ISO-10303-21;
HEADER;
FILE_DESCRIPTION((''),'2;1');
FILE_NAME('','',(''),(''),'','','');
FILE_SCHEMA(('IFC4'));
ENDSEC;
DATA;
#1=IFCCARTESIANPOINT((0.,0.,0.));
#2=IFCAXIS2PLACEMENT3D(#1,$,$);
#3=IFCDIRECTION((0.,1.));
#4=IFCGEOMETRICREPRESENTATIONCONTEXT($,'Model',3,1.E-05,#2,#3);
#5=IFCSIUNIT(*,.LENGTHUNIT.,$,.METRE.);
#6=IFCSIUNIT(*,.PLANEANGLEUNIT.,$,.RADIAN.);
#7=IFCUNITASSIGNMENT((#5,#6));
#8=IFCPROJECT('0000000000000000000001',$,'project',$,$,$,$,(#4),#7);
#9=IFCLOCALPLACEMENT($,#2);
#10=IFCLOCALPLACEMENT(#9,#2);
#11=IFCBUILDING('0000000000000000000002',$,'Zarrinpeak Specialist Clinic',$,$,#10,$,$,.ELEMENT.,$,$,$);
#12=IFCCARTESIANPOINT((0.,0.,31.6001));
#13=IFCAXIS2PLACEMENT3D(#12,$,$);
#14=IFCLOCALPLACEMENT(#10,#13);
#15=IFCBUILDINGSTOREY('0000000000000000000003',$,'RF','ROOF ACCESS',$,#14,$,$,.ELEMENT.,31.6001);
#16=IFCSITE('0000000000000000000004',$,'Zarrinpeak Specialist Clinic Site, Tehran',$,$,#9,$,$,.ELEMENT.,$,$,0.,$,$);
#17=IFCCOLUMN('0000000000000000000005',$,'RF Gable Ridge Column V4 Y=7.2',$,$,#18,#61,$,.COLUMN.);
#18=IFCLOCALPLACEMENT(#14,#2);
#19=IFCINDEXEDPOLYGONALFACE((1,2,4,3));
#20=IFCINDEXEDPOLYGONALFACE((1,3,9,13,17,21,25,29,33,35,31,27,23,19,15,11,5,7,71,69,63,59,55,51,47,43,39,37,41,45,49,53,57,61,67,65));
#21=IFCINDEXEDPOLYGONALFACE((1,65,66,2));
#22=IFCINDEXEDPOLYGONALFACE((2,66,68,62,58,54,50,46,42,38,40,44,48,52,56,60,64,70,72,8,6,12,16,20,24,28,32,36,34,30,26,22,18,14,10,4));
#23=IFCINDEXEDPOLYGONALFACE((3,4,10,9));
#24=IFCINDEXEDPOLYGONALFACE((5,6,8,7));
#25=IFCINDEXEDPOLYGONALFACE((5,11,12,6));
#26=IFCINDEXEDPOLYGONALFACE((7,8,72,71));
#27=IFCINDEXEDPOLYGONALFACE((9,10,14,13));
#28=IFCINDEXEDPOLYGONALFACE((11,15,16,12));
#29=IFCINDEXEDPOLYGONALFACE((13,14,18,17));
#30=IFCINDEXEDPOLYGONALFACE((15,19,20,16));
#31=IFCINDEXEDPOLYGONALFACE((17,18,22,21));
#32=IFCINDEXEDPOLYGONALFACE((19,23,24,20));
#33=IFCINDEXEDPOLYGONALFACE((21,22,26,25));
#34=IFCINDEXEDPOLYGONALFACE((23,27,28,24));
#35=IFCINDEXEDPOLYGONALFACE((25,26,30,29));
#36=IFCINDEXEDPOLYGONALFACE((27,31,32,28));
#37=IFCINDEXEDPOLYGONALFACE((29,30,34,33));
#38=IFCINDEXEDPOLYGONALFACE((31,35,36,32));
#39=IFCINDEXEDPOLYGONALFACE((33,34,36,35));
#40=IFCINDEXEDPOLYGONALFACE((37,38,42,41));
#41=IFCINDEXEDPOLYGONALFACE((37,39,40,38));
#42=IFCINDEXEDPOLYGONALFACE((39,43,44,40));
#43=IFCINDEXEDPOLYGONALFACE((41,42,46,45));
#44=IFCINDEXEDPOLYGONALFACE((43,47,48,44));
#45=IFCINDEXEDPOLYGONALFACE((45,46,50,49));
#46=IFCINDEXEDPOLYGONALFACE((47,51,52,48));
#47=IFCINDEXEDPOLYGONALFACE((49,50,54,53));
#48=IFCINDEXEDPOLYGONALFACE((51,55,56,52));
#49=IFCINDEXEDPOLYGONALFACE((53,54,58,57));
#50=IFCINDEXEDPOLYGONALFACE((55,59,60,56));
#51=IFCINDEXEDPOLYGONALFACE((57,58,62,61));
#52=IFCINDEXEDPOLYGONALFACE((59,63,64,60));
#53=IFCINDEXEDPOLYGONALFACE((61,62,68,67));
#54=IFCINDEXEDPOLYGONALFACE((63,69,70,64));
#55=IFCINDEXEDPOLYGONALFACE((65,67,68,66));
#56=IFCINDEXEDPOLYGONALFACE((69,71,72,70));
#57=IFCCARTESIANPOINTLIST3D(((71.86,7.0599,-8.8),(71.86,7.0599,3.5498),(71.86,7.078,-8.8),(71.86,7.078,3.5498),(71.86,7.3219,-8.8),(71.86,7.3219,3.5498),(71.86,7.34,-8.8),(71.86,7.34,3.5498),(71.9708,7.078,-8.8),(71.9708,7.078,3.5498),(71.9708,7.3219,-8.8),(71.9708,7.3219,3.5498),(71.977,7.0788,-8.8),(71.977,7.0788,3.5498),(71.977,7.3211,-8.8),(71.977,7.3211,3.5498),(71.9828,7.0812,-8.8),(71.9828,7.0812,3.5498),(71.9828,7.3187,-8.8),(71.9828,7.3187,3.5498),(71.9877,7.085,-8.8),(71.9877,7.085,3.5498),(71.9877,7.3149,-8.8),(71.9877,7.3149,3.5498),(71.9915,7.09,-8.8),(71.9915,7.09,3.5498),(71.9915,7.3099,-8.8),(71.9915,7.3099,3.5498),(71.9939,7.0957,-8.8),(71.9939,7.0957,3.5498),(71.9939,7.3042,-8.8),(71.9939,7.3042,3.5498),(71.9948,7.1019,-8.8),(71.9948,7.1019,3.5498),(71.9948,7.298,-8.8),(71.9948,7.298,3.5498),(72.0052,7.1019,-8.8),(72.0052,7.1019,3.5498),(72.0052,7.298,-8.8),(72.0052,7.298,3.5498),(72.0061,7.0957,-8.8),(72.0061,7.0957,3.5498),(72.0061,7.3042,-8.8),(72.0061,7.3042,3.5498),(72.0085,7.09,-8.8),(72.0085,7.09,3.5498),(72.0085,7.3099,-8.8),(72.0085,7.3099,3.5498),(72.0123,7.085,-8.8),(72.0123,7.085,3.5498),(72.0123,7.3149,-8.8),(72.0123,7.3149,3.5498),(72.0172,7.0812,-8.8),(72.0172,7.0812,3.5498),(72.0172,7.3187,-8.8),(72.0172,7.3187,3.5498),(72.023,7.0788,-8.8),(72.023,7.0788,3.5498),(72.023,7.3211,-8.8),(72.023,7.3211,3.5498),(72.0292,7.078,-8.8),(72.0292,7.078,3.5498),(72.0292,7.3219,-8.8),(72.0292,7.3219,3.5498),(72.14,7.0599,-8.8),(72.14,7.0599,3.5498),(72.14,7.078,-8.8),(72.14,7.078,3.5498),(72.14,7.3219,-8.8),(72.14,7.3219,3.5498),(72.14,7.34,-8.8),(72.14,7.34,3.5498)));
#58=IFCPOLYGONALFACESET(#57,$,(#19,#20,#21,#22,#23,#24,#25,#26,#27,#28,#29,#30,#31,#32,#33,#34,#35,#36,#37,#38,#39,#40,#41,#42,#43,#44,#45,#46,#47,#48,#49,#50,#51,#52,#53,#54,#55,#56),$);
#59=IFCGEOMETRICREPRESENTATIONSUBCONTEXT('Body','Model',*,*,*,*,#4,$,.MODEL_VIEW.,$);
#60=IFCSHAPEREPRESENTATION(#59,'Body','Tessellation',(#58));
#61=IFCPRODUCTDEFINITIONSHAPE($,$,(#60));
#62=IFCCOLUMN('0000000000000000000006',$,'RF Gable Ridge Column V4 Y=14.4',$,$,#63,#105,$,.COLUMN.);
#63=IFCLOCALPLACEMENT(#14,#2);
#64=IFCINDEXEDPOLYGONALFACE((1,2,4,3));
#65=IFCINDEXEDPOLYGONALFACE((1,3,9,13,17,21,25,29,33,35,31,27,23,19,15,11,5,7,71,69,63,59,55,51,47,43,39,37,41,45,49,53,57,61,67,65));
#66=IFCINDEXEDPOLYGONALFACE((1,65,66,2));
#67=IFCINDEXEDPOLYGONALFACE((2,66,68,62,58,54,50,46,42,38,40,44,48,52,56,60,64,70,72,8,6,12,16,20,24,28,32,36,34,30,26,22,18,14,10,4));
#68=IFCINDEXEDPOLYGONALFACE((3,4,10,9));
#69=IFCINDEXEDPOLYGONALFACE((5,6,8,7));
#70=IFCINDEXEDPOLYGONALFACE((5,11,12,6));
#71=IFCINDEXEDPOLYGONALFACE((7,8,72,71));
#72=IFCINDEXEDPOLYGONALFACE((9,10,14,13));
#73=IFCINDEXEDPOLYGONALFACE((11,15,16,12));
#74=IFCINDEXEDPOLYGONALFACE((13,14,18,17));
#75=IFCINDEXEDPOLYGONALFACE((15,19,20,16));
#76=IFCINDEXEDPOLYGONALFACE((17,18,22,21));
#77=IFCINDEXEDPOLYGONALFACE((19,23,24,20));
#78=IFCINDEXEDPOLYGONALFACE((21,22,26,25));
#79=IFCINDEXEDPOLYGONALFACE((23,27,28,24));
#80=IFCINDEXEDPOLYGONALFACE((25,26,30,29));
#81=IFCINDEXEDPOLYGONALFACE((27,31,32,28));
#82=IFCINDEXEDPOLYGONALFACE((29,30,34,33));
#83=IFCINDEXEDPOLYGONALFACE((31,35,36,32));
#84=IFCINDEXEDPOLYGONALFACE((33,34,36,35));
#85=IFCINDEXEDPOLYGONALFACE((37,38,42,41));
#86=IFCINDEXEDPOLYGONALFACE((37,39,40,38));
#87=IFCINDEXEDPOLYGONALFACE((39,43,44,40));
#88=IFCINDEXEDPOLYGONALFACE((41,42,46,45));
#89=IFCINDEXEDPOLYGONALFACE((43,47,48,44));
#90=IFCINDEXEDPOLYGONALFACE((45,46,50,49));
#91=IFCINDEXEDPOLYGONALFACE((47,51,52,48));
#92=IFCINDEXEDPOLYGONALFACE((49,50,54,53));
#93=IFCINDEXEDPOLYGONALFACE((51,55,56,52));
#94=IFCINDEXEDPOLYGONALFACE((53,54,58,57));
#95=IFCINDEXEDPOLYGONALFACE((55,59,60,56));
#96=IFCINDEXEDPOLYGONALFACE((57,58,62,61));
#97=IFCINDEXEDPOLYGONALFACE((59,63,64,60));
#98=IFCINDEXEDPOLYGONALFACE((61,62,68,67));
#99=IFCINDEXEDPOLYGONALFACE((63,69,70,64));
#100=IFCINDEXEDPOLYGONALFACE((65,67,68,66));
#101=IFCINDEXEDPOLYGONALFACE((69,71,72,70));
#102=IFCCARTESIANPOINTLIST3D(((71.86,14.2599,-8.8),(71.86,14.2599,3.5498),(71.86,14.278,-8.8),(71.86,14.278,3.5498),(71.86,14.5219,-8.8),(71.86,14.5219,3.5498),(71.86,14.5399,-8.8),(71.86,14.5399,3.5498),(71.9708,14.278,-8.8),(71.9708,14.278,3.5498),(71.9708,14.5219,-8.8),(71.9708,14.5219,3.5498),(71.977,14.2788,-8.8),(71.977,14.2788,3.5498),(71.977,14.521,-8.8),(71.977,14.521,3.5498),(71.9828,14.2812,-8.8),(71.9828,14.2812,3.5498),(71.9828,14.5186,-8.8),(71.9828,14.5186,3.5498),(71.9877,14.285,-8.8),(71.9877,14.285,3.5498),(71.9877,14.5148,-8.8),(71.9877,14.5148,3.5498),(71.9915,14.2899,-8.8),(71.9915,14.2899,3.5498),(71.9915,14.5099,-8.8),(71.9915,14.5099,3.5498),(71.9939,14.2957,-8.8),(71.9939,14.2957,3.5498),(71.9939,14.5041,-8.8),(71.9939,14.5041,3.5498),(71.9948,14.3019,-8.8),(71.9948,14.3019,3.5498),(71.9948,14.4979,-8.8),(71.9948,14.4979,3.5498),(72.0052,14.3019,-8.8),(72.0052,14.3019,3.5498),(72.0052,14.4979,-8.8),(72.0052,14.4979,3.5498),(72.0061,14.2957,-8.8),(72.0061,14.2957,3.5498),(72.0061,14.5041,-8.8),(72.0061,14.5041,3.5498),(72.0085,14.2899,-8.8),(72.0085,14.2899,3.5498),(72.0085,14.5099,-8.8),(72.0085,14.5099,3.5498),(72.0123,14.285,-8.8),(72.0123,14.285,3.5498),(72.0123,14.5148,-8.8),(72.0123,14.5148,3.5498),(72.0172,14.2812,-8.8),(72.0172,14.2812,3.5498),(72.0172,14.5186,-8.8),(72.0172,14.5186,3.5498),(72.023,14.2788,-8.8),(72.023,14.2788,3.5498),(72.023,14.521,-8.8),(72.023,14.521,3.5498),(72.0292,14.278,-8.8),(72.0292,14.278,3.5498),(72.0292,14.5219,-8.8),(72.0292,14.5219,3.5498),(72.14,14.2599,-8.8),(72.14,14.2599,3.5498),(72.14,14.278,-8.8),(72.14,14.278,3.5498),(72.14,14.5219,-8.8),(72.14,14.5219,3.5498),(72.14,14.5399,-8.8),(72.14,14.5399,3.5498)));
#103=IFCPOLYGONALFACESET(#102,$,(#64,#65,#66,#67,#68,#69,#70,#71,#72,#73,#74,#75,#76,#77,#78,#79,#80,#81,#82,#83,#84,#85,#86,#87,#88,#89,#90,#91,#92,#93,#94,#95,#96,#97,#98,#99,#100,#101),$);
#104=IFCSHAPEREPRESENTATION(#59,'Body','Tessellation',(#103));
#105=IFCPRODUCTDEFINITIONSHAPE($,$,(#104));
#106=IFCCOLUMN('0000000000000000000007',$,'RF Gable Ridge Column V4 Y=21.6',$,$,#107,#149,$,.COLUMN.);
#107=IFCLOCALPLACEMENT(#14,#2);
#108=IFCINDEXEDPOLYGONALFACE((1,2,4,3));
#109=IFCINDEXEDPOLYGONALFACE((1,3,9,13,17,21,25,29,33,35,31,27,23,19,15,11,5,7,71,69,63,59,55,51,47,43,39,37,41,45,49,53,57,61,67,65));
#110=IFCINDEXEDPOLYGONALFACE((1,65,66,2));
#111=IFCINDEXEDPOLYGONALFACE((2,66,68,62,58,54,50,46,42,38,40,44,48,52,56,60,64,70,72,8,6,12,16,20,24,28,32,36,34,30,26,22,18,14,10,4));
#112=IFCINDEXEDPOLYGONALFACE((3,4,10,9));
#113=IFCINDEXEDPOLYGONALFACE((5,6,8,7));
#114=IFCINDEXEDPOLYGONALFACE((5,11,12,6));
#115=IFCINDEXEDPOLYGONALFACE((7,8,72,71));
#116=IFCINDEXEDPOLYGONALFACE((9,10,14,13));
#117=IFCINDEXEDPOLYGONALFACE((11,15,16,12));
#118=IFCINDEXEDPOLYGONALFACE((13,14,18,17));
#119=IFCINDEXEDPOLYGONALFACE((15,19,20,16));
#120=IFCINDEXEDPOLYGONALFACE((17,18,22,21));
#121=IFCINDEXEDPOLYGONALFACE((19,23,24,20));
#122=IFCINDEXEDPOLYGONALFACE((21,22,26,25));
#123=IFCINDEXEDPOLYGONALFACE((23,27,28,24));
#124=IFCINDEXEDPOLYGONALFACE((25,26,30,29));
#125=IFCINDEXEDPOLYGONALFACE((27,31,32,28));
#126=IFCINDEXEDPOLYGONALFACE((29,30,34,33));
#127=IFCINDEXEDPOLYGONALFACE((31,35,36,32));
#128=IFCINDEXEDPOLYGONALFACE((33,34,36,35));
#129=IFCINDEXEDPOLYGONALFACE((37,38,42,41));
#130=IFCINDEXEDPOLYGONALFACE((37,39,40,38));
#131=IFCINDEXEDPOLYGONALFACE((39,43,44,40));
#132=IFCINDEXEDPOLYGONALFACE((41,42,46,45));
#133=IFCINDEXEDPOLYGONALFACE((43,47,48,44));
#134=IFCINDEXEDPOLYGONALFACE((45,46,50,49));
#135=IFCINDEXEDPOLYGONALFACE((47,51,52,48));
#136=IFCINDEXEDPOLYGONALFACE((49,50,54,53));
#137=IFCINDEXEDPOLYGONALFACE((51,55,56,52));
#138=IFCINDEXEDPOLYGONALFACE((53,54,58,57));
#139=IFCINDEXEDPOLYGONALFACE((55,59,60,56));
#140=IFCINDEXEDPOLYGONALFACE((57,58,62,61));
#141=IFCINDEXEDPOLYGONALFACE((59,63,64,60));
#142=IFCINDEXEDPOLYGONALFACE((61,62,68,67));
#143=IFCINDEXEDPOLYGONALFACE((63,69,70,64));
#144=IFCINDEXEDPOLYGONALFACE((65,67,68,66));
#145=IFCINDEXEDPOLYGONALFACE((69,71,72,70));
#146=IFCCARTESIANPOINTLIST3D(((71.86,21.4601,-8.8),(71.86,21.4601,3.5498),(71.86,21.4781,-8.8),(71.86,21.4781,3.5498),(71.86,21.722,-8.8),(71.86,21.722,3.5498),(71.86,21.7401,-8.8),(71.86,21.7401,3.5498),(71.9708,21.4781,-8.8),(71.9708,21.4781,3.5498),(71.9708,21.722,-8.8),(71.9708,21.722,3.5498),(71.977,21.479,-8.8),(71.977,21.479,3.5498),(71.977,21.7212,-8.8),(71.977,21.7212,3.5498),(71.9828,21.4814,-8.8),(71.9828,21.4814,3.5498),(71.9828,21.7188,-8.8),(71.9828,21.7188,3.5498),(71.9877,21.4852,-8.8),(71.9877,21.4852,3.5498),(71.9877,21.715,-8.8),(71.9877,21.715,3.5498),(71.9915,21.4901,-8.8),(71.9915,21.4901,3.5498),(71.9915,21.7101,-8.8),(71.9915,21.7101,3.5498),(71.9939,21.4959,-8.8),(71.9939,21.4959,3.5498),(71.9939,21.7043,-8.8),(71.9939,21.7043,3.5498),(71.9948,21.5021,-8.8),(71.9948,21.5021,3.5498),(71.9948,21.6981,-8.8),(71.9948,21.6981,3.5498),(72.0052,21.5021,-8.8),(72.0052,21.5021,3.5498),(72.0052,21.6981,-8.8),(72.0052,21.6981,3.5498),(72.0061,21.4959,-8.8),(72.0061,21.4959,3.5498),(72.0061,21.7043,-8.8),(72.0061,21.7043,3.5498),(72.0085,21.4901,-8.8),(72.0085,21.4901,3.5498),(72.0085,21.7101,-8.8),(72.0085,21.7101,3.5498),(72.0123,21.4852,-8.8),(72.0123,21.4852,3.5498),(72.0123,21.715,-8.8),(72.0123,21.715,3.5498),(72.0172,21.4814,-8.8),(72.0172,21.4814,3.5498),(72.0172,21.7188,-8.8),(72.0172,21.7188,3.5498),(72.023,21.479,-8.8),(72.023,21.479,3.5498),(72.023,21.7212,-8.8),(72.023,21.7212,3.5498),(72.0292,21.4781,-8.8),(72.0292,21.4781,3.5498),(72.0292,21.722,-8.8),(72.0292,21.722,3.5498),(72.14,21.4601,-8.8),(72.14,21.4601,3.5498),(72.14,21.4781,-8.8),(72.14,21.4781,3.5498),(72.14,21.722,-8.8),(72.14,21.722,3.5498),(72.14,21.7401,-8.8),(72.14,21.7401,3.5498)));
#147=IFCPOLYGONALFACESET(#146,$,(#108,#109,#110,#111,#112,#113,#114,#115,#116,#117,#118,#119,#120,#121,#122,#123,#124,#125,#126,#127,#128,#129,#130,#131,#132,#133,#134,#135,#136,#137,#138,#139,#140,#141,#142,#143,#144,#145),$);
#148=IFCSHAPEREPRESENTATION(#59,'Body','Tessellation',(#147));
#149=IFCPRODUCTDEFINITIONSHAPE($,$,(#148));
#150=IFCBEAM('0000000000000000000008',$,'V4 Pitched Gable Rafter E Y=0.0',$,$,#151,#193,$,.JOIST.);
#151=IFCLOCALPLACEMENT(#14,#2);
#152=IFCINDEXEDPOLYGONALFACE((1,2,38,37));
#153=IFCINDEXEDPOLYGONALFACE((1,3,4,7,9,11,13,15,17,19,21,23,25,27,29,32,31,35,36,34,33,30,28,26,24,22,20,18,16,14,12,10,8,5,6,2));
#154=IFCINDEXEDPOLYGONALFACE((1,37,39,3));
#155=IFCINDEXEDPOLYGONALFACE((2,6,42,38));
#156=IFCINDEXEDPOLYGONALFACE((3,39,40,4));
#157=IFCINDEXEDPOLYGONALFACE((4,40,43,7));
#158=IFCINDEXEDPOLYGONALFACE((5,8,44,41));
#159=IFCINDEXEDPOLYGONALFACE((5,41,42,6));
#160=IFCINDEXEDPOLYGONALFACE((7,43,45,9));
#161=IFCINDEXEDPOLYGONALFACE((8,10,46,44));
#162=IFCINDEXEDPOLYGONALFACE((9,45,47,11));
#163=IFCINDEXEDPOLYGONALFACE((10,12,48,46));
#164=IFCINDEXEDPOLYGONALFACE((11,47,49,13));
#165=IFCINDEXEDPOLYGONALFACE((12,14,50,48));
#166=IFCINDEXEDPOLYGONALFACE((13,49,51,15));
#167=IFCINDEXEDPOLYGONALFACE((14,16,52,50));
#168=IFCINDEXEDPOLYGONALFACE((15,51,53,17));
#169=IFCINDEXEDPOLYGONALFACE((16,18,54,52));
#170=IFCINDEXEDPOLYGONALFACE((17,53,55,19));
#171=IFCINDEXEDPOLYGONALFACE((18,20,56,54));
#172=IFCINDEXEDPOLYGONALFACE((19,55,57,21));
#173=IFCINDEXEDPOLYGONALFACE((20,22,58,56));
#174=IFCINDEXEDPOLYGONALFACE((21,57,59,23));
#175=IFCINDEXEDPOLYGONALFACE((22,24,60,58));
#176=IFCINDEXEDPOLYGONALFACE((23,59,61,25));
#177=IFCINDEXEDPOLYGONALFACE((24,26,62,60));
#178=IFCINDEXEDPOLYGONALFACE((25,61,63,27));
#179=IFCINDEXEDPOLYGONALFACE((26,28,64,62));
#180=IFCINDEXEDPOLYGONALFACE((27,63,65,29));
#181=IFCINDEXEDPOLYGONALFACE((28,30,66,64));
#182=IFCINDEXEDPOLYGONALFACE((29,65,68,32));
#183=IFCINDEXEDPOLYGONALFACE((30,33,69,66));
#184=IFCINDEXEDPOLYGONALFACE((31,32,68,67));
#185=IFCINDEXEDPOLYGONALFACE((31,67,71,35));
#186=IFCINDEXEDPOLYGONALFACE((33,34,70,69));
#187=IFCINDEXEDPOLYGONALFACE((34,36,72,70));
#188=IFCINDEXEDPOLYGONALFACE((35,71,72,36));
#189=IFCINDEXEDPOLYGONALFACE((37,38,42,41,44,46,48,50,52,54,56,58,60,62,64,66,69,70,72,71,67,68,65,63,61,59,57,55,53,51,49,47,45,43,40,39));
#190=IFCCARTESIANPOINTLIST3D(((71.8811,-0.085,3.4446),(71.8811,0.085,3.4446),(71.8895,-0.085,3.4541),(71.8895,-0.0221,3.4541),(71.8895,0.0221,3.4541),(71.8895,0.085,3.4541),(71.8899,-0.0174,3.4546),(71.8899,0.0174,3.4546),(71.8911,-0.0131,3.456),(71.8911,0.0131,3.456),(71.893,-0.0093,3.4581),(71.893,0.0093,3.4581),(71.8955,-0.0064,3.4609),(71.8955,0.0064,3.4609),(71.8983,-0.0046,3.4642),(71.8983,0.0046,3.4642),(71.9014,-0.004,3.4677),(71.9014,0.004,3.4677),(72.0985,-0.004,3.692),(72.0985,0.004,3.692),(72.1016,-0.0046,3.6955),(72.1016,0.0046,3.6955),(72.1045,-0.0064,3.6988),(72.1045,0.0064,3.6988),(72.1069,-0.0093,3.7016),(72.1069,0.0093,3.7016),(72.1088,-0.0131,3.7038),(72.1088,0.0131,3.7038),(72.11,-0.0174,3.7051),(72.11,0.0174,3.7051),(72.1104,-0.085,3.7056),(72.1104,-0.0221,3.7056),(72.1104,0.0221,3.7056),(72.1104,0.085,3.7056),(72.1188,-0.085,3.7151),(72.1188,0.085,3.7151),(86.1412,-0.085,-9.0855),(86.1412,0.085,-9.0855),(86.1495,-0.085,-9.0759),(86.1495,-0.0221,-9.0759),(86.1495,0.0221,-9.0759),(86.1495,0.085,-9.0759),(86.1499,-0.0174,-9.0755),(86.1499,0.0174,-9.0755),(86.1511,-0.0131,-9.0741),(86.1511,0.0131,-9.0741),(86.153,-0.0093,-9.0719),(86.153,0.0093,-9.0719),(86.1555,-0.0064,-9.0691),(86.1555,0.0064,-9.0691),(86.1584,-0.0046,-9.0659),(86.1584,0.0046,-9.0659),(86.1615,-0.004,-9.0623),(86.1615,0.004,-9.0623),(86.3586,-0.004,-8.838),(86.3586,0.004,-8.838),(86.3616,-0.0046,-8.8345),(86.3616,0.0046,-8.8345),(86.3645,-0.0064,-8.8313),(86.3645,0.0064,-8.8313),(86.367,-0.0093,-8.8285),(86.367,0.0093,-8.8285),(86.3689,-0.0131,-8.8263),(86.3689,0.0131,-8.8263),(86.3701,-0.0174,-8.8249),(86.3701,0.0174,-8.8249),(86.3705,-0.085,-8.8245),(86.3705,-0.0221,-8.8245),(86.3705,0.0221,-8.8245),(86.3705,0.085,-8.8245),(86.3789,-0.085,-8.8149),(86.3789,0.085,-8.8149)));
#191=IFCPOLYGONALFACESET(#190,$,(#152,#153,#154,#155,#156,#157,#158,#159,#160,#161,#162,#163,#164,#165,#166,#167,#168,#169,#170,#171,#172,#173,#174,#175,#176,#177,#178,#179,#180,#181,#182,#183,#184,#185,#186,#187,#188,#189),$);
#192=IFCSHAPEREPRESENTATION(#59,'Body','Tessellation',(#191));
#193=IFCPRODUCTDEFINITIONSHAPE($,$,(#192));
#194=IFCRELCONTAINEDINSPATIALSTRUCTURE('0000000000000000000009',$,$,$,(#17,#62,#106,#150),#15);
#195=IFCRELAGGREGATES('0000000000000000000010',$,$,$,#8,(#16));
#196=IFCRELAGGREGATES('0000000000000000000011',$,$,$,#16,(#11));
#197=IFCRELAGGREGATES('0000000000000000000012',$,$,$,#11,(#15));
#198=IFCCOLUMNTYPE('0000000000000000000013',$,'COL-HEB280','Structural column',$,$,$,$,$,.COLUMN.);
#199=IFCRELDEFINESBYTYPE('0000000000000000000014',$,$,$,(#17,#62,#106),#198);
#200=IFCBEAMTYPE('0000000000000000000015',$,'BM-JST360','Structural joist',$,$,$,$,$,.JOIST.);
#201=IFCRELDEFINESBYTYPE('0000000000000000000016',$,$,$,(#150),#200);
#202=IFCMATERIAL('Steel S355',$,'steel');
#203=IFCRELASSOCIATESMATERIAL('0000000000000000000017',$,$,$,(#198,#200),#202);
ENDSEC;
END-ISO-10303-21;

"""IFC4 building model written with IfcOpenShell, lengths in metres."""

from ifc_helpers import new_model, si_unit, direction, frame, origin, origin_2d, place, context, subcontext, project, spatial, i_section, extrude, material, material_profile, profile_set, type_object, element, save


model = new_model("IFC4")

# Units and contexts
model_context = context("Model", 3, precision=1e-05, world=origin(), true_north=direction((0.0, 1.0)))
body_context = subcontext(model_context, "Body", "Model", "MODEL_VIEW")
ifc_project = project(units=[si_unit("LENGTHUNIT", "METRE"), si_unit("PLANEANGLEUNIT", "RADIAN")], contexts=[model_context])

# Site, building, storey
site_placement = place(None, origin())
site = spatial("IfcSite", under=ifc_project, at=site_placement, Name="Zarrinpeak Specialist Clinic Site, Tehran", CompositionType="ELEMENT", RefElevation=0.0)
building_placement = place(site_placement, origin())
building = spatial("IfcBuilding", under=site, at=building_placement, Name="Zarrinpeak Specialist Clinic", CompositionType="ELEMENT")
storey_placement = place(building_placement, frame((0.0, 0.0, 31.6001)))
storey = spatial("IfcBuildingStorey", under=building, at=storey_placement, Name="RF", Description="ROOF ACCESS", CompositionType="ELEMENT", Elevation=31.6001)

# Columns
ifc_material_1 = material(Name="Steel S355", Category="steel")
ifc_material_profile_1 = material_profile(ifc_material_1, i_section(OverallWidth=0.28, OverallDepth=0.28, WebThickness=0.0105, FlangeThickness=0.0181, FilletRadius=0.0239, at=origin_2d()), Name="HEB 280")
ifc_profile_set_1 = profile_set([ifc_material_profile_1], Name="Steel S355")
column_type = type_object("IfcColumnType", Name="COL-HEB280", Description="Structural column", PredefinedType="COLUMN", material=ifc_profile_set_1)
for number, where, z_axis, x_axis, name in (
    (1, (72.0, 7.2, -8.8), (0.0, 0.0, 1.0), (1.0, 0.0, 0.0), "RF Gable Ridge Column V4 Y=7.2"),
    (2, (72.0, 14.3999, -8.8), (0.0, 0.0, 1.0), (1.0, 0.0, 0.0), "RF Gable Ridge Column V4 Y=14.4"),
    (3, (72.0, 21.6001, -8.8), (0.0, 0.0, 1.0), (1.0, 0.0, 0.0), "RF Gable Ridge Column V4 Y=21.6"),
):
    element("IfcColumn", number, at=place(storey_placement, frame(where, z_axis=z_axis, x_axis=x_axis)), inside=storey, type_object=column_type, Name=name, PredefinedType="COLUMN", context=body_context, shape_type="SweptSolid", body=[
        extrude(i_section(OverallWidth=0.28, OverallDepth=0.28, WebThickness=0.0105, FlangeThickness=0.0181, FilletRadius=0.0239, at=origin_2d()), origin(), (0.0, 0.0, 1.0), 12.3499),
    ])

# Beam
ifc_material_profile_2 = material_profile(ifc_material_1, i_section(OverallWidth=0.1699, OverallDepth=0.3601, WebThickness=0.0081, FlangeThickness=0.0127, FilletRadius=0.0181, at=origin_2d()), Name="IPE 360")
ifc_profile_set_2 = profile_set([ifc_material_profile_2], Name="Steel S355")
beam_type_1 = type_object("IfcBeamType", Name="BM-JST360", Description="Structural joist", PredefinedType="JOIST", material=ifc_profile_set_2)
for number, where, z_axis, x_axis, name in (
    (4, (86.26, 0.0, -8.9502), (-0.751204, 0.0, 0.66007), (0.0, -1.0, 0.0), "V4 Pitched Gable Rafter E Y=0.0"),
):
    element("IfcBeam", number, at=place(storey_placement, frame(where, z_axis=z_axis, x_axis=x_axis)), inside=storey, type_object=beam_type_1, Name=name, PredefinedType="JOIST", context=body_context, shape_type="SweptSolid", body=[
        extrude(i_section(OverallWidth=0.1699, OverallDepth=0.3601, WebThickness=0.0081, FlangeThickness=0.0127, FilletRadius=0.0181, at=origin_2d()), origin(), (0.0, 0.0, 1.0), 18.9829),
    ])

save(model, "model.ifc")
